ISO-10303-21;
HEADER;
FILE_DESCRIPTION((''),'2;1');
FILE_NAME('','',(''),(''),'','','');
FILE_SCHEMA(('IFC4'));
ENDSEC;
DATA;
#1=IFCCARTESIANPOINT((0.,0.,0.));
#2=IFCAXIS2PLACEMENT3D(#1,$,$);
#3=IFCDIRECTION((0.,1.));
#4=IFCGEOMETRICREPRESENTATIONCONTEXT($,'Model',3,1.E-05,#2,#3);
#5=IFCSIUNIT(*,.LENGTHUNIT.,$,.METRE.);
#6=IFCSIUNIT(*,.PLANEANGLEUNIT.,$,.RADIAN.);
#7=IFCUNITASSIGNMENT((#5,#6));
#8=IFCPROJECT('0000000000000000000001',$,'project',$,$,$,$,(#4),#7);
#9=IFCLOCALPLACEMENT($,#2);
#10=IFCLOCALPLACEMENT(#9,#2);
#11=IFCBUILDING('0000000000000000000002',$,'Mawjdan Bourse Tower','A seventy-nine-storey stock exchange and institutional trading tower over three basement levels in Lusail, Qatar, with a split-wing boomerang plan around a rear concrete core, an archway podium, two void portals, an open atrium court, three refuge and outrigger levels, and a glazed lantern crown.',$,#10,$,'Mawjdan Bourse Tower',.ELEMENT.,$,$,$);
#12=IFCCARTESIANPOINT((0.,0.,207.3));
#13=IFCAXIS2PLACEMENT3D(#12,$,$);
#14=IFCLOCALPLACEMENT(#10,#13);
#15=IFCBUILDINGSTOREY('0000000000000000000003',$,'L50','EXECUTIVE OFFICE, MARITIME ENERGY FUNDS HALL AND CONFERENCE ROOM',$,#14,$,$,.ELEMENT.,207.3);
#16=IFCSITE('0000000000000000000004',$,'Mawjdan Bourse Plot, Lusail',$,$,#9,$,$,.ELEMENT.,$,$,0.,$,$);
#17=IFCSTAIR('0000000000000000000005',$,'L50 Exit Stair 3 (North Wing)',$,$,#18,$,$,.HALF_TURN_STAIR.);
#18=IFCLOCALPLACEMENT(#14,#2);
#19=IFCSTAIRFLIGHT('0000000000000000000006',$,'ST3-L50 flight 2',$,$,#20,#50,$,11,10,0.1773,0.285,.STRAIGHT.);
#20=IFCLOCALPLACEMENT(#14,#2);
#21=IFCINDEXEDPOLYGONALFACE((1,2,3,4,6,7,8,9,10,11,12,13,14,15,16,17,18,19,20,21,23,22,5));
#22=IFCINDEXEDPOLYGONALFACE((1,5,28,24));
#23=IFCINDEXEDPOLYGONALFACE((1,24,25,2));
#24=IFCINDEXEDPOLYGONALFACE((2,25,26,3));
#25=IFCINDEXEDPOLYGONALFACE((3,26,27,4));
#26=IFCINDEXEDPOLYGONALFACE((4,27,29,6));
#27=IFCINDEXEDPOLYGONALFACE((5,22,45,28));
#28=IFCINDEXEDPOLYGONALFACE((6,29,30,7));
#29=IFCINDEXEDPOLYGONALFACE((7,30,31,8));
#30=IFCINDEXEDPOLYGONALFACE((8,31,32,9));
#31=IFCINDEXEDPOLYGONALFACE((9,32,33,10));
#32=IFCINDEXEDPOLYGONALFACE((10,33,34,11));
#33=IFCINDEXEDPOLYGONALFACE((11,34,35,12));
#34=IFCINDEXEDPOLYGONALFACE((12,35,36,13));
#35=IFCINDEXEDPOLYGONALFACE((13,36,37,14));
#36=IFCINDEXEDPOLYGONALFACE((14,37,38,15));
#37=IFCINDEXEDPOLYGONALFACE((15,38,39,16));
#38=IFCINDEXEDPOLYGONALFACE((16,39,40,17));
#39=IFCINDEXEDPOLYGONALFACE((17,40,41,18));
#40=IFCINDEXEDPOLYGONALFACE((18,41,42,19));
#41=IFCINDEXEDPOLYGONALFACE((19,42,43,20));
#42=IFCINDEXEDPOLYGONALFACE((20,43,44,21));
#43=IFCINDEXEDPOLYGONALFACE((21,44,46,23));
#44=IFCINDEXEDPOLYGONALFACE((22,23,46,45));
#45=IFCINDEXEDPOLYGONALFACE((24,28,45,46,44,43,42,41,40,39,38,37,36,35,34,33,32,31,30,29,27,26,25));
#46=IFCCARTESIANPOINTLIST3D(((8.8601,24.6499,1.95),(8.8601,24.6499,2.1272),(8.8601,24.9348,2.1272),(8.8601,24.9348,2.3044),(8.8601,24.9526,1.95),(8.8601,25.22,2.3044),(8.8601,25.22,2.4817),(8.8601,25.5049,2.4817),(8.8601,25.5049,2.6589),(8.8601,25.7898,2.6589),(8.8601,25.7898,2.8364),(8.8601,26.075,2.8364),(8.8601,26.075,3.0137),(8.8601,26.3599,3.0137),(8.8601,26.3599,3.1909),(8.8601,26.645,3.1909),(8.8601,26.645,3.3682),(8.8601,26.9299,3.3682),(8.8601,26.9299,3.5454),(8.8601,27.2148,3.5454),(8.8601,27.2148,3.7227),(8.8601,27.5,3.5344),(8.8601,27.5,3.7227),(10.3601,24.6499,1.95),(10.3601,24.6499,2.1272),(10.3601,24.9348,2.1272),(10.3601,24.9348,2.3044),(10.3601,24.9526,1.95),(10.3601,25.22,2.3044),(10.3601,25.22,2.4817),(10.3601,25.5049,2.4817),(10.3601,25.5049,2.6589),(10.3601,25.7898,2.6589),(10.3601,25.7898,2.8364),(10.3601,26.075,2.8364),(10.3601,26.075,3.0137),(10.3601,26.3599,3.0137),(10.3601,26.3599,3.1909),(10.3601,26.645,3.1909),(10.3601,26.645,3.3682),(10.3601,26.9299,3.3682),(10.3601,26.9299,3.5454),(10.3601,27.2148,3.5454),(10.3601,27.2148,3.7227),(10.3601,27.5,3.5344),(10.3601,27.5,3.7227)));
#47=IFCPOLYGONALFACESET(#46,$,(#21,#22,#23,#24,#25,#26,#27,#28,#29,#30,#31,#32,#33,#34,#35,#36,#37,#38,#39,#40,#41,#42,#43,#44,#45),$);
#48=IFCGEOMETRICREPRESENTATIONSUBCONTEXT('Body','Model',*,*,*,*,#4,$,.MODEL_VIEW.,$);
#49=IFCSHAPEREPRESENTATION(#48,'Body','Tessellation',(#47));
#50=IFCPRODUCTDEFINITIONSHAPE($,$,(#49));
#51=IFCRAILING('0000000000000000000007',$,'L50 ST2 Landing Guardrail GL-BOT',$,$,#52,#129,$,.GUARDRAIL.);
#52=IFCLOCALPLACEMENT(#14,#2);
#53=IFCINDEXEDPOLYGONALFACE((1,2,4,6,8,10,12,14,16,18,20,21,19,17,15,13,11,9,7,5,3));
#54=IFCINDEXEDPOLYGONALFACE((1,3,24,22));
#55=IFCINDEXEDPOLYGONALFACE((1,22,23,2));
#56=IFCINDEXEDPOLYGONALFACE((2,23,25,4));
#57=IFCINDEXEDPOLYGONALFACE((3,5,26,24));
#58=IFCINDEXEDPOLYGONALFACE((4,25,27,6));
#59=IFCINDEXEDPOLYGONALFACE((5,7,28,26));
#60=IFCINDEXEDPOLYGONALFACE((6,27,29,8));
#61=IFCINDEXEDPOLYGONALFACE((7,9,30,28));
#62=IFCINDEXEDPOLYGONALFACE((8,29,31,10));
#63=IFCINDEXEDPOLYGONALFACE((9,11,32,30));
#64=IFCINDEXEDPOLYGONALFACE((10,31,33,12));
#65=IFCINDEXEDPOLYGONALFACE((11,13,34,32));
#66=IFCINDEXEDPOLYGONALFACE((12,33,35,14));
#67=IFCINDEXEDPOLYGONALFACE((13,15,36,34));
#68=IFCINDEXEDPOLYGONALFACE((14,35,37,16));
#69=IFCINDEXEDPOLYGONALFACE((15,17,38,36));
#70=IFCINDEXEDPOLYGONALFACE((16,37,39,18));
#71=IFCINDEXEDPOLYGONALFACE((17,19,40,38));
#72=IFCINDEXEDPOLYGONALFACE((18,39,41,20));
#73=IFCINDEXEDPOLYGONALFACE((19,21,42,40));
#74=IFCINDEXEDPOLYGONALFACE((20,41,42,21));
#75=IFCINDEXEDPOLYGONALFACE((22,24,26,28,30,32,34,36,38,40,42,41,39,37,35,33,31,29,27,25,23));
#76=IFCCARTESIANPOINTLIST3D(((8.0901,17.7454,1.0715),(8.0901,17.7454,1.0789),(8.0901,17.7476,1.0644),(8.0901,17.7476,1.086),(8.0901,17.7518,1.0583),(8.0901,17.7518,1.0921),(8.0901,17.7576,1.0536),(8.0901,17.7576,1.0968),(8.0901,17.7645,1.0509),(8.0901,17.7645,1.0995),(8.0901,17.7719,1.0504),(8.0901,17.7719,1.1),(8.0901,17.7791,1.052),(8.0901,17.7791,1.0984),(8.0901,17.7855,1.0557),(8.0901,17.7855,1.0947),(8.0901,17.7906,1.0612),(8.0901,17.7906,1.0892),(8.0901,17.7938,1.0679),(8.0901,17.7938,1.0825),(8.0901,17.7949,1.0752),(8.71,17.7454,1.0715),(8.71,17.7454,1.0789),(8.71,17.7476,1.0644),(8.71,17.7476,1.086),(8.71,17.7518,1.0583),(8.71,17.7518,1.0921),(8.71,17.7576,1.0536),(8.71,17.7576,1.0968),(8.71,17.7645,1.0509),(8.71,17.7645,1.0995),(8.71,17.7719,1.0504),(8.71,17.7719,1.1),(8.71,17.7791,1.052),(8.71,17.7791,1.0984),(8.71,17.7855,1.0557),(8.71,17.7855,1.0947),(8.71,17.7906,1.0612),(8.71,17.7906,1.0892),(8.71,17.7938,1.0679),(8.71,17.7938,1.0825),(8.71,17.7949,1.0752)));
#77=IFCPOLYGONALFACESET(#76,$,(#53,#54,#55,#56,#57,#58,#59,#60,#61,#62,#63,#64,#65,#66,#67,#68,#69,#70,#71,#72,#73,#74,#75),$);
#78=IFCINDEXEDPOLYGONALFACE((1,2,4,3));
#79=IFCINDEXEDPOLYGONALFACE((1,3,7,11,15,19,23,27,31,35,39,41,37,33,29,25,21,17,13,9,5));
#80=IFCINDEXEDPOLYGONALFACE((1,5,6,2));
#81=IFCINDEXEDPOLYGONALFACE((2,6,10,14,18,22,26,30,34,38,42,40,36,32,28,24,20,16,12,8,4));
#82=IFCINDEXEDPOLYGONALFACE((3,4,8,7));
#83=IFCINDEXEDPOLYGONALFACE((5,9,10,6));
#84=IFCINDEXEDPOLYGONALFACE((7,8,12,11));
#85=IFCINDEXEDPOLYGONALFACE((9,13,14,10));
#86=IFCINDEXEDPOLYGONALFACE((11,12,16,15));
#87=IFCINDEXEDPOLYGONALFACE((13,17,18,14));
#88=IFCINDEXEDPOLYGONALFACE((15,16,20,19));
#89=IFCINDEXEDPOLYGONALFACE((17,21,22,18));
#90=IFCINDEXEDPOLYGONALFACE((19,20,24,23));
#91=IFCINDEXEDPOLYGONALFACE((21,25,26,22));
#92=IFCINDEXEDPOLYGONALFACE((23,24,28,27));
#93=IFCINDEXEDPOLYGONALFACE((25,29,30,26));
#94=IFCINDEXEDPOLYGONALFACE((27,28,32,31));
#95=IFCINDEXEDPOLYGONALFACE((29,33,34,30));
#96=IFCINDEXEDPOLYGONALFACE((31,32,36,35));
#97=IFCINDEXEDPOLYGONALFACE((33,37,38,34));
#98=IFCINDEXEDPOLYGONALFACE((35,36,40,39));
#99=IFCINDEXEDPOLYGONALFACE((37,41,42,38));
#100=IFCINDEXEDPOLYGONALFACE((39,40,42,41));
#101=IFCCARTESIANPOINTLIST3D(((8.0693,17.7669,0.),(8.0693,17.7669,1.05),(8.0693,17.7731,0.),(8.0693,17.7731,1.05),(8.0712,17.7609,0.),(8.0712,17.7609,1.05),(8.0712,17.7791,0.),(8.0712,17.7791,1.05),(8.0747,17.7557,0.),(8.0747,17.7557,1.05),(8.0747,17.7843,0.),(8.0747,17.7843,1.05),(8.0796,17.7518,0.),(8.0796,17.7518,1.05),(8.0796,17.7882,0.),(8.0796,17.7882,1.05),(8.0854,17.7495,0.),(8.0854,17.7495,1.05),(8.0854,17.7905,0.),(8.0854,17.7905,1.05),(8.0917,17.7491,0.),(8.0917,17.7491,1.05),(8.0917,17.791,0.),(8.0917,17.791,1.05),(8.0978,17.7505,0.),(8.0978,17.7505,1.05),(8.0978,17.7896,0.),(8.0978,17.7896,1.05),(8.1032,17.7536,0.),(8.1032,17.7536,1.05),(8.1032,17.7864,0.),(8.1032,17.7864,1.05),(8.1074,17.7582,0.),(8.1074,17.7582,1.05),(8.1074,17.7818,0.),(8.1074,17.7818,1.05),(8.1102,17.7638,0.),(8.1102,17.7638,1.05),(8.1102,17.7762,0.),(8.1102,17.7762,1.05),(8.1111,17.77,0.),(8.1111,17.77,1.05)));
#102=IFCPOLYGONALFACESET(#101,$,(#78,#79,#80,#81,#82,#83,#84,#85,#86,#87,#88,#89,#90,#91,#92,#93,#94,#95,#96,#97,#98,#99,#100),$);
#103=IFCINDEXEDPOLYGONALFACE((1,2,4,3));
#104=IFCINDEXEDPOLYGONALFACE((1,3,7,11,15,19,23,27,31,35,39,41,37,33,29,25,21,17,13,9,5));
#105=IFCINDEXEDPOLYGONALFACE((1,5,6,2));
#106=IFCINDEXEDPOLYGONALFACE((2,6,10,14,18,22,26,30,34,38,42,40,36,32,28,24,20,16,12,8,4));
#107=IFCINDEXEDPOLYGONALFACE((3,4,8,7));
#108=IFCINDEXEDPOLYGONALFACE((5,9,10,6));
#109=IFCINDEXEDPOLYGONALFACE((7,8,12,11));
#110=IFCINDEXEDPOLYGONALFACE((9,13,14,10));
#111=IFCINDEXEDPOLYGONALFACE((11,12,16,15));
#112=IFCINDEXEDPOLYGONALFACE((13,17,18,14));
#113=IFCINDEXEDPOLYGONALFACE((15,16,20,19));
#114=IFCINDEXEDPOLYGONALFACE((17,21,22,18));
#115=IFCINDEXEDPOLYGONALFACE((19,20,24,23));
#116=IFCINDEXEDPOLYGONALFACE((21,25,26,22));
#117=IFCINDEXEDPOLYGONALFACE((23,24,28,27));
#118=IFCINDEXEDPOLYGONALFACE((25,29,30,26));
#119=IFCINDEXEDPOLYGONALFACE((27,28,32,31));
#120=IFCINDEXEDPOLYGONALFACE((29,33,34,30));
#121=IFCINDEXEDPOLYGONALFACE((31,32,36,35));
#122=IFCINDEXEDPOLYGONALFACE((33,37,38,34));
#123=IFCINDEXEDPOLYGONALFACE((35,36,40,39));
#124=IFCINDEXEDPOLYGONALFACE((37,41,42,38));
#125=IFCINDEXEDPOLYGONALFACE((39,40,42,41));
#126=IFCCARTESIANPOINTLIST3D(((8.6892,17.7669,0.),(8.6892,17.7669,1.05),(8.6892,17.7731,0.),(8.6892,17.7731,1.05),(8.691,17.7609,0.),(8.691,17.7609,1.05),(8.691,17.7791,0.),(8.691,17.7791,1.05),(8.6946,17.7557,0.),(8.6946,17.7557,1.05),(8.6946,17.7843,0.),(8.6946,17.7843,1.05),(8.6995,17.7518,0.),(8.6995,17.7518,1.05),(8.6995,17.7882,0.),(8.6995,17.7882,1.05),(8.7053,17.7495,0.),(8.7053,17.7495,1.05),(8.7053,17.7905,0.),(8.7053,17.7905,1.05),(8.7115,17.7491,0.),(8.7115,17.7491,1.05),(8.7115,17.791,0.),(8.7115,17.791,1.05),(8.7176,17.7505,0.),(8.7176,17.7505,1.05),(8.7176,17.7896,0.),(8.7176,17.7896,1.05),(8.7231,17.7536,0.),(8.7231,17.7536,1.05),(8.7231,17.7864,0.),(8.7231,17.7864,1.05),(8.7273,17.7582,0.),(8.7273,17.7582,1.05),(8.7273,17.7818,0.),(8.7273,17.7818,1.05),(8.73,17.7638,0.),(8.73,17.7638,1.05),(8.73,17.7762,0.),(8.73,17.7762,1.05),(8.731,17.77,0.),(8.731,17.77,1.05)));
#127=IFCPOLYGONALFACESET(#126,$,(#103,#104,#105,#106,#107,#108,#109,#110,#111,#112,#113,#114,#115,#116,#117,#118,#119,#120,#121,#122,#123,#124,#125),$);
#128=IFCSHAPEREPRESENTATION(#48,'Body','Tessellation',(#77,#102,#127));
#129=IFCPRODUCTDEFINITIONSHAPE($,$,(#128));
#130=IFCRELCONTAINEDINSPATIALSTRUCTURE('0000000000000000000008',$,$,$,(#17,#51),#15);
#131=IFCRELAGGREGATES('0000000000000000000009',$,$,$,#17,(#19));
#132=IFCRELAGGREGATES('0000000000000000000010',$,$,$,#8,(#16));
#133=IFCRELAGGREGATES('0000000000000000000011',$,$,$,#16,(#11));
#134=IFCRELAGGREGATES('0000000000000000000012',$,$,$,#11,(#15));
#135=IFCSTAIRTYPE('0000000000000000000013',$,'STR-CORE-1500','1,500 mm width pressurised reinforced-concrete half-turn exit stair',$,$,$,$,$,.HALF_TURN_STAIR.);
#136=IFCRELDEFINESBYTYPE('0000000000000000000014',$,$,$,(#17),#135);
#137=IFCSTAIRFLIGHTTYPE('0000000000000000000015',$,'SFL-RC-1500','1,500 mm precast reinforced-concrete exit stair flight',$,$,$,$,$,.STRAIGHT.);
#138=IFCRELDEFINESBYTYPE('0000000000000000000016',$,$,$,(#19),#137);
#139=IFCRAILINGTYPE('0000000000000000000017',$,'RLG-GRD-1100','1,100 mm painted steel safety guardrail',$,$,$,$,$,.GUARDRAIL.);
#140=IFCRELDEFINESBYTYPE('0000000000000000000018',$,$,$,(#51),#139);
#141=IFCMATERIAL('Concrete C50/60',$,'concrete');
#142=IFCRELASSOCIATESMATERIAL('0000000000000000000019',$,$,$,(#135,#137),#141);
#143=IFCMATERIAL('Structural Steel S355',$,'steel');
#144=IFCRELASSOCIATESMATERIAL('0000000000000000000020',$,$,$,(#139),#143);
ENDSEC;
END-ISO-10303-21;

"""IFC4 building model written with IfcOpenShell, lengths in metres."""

from ifc_helpers import new_model, si_unit, direction, frame, origin, origin_2d, place, context, subcontext, project, spatial, polyline, circle, outline, extrude, material, type_object, element, aggregate, save


model = new_model("IFC4")

# Units and contexts
model_context = context("Model", 3, precision=1e-05, world=origin(), true_north=direction((0.0, 1.0)))
body_context = subcontext(model_context, "Body", "Model", "MODEL_VIEW")
ifc_project = project(units=[si_unit("LENGTHUNIT", "METRE"), si_unit("PLANEANGLEUNIT", "RADIAN")], contexts=[model_context])

# Site, building, storey
site_placement = place(None, origin())
site = spatial("IfcSite", under=ifc_project, at=site_placement, Name="Mawjdan Bourse Plot, Lusail", CompositionType="ELEMENT", RefElevation=0.0)
building_placement = place(site_placement, origin())
building = spatial("IfcBuilding", under=site, at=building_placement, Name="Mawjdan Bourse Tower", Description="A seventy-nine-storey stock exchange and institutional trading tower over three basement levels in Lusail, Qatar, with a split-wing boomerang plan around a rear concrete core, an archway podium, two void portals, an open atrium court, three refuge and outrigger levels, and a glazed lantern crown.", LongName="Mawjdan Bourse Tower", CompositionType="ELEMENT")
storey_placement = place(building_placement, frame((0.0, 0.0, 207.3)))
storey = spatial("IfcBuildingStorey", under=building, at=storey_placement, Name="L50", Description="EXECUTIVE OFFICE, MARITIME ENERGY FUNDS HALL AND CONFERENCE ROOM", CompositionType="ELEMENT", Elevation=207.3)

# Shared definitions
ifc_material_1 = material(Name="Structural Steel S355", Category="steel")

# Shared definitions
ifc_material_2 = material(Name="Concrete C50/60", Category="concrete")

# Stair, stair flight
stair_type = type_object("IfcStairType", Name="STR-CORE-1500", Description="1,500 mm width pressurised reinforced-concrete half-turn exit stair", PredefinedType="HALF_TURN_STAIR", material=ifc_material_2)
stair_flight_type = type_object("IfcStairFlightType", Name="SFL-RC-1500", Description="1,500 mm precast reinforced-concrete exit stair flight", PredefinedType="STRAIGHT", material=ifc_material_2)
stair_1_placement = place(storey_placement, origin())
stair_1 = element("IfcStair", 1, at=stair_1_placement, inside=storey, type_object=stair_type, Name="L50 Exit Stair 3 (North Wing)", PredefinedType="HALF_TURN_STAIR")
stair_flight_1_placement = place(storey_placement, frame((9.6101, 24.6499, 1.95), z_axis=(0.0, 0.0, 1.0), x_axis=(0.0, 1.0, 0.0)))
stair_flight_1 = element("IfcStairFlight", 2, at=stair_flight_1_placement, type_object=stair_flight_type, Name="ST3-L50 flight 2", NumberOfRisers=11, NumberOfTreads=10, PredefinedType="STRAIGHT", RiserHeight=0.1773, TreadLength=0.285, context=body_context, shape_type="SweptSolid", body=[
    extrude(outline(polyline([(0.0, 0.0), (0.0, 0.1772), (0.2849, 0.1772), (0.2849, 0.3545), (0.5701, 0.3545), (0.5701, 0.5317), (0.855, 0.5317), (0.855, 0.709), (1.1399, 0.709), (1.1399, 0.8865), (1.425, 0.8865), (1.425, 1.0637), (1.71, 1.0637), (1.71, 1.241), (1.9951, 1.241), (1.9951, 1.4182), (2.28, 1.4182), (2.28, 1.5955), (2.5649, 1.5955), (2.5649, 1.7727), (2.8501, 1.7727), (2.8501, 1.95), (2.8501, 1.5845), (0.3027, 0.0), (0.0, 0.0)])), frame((0.0, 0.75, 0.0), z_axis=(0.0, -1.0, 0.0), x_axis=(1.0, 0.0, 0.0)), (0.0, 0.0, 1.0), 1.5),
])
aggregate(stair_1, [stair_flight_1])

# Railing
railing_type_1 = type_object("IfcRailingType", Name="RLG-GRD-1100", Description="1,100 mm painted steel safety guardrail", PredefinedType="GUARDRAIL", material=ifc_material_1)
railing_1_placement = place(storey_placement, frame((8.0901, 17.77, 0.0)))
element("IfcRailing", 3, at=railing_1_placement, inside=storey, type_object=railing_type_1, Name="L50 ST2 Landing Guardrail GL-BOT", PredefinedType="GUARDRAIL", context=body_context, shape_type="SweptSolid", body=[
    extrude(circle(Radius=0.0249, at=origin_2d()), frame((0.0, 0.0, 1.0752), z_axis=(1.0, 0.0, 0.0), x_axis=(0.0, 1.0, 0.0)), (0.0, 0.0, 1.0), 0.6199),
    extrude(circle(Radius=0.021, at=origin_2d()), origin(), (0.0, 0.0, 1.0), 1.05),
    extrude(circle(Radius=0.021, at=origin_2d()), frame((0.6199, 0.0, 0.0)), (0.0, 0.0, 1.0), 1.05),
])

save(model, "model.ifc")
